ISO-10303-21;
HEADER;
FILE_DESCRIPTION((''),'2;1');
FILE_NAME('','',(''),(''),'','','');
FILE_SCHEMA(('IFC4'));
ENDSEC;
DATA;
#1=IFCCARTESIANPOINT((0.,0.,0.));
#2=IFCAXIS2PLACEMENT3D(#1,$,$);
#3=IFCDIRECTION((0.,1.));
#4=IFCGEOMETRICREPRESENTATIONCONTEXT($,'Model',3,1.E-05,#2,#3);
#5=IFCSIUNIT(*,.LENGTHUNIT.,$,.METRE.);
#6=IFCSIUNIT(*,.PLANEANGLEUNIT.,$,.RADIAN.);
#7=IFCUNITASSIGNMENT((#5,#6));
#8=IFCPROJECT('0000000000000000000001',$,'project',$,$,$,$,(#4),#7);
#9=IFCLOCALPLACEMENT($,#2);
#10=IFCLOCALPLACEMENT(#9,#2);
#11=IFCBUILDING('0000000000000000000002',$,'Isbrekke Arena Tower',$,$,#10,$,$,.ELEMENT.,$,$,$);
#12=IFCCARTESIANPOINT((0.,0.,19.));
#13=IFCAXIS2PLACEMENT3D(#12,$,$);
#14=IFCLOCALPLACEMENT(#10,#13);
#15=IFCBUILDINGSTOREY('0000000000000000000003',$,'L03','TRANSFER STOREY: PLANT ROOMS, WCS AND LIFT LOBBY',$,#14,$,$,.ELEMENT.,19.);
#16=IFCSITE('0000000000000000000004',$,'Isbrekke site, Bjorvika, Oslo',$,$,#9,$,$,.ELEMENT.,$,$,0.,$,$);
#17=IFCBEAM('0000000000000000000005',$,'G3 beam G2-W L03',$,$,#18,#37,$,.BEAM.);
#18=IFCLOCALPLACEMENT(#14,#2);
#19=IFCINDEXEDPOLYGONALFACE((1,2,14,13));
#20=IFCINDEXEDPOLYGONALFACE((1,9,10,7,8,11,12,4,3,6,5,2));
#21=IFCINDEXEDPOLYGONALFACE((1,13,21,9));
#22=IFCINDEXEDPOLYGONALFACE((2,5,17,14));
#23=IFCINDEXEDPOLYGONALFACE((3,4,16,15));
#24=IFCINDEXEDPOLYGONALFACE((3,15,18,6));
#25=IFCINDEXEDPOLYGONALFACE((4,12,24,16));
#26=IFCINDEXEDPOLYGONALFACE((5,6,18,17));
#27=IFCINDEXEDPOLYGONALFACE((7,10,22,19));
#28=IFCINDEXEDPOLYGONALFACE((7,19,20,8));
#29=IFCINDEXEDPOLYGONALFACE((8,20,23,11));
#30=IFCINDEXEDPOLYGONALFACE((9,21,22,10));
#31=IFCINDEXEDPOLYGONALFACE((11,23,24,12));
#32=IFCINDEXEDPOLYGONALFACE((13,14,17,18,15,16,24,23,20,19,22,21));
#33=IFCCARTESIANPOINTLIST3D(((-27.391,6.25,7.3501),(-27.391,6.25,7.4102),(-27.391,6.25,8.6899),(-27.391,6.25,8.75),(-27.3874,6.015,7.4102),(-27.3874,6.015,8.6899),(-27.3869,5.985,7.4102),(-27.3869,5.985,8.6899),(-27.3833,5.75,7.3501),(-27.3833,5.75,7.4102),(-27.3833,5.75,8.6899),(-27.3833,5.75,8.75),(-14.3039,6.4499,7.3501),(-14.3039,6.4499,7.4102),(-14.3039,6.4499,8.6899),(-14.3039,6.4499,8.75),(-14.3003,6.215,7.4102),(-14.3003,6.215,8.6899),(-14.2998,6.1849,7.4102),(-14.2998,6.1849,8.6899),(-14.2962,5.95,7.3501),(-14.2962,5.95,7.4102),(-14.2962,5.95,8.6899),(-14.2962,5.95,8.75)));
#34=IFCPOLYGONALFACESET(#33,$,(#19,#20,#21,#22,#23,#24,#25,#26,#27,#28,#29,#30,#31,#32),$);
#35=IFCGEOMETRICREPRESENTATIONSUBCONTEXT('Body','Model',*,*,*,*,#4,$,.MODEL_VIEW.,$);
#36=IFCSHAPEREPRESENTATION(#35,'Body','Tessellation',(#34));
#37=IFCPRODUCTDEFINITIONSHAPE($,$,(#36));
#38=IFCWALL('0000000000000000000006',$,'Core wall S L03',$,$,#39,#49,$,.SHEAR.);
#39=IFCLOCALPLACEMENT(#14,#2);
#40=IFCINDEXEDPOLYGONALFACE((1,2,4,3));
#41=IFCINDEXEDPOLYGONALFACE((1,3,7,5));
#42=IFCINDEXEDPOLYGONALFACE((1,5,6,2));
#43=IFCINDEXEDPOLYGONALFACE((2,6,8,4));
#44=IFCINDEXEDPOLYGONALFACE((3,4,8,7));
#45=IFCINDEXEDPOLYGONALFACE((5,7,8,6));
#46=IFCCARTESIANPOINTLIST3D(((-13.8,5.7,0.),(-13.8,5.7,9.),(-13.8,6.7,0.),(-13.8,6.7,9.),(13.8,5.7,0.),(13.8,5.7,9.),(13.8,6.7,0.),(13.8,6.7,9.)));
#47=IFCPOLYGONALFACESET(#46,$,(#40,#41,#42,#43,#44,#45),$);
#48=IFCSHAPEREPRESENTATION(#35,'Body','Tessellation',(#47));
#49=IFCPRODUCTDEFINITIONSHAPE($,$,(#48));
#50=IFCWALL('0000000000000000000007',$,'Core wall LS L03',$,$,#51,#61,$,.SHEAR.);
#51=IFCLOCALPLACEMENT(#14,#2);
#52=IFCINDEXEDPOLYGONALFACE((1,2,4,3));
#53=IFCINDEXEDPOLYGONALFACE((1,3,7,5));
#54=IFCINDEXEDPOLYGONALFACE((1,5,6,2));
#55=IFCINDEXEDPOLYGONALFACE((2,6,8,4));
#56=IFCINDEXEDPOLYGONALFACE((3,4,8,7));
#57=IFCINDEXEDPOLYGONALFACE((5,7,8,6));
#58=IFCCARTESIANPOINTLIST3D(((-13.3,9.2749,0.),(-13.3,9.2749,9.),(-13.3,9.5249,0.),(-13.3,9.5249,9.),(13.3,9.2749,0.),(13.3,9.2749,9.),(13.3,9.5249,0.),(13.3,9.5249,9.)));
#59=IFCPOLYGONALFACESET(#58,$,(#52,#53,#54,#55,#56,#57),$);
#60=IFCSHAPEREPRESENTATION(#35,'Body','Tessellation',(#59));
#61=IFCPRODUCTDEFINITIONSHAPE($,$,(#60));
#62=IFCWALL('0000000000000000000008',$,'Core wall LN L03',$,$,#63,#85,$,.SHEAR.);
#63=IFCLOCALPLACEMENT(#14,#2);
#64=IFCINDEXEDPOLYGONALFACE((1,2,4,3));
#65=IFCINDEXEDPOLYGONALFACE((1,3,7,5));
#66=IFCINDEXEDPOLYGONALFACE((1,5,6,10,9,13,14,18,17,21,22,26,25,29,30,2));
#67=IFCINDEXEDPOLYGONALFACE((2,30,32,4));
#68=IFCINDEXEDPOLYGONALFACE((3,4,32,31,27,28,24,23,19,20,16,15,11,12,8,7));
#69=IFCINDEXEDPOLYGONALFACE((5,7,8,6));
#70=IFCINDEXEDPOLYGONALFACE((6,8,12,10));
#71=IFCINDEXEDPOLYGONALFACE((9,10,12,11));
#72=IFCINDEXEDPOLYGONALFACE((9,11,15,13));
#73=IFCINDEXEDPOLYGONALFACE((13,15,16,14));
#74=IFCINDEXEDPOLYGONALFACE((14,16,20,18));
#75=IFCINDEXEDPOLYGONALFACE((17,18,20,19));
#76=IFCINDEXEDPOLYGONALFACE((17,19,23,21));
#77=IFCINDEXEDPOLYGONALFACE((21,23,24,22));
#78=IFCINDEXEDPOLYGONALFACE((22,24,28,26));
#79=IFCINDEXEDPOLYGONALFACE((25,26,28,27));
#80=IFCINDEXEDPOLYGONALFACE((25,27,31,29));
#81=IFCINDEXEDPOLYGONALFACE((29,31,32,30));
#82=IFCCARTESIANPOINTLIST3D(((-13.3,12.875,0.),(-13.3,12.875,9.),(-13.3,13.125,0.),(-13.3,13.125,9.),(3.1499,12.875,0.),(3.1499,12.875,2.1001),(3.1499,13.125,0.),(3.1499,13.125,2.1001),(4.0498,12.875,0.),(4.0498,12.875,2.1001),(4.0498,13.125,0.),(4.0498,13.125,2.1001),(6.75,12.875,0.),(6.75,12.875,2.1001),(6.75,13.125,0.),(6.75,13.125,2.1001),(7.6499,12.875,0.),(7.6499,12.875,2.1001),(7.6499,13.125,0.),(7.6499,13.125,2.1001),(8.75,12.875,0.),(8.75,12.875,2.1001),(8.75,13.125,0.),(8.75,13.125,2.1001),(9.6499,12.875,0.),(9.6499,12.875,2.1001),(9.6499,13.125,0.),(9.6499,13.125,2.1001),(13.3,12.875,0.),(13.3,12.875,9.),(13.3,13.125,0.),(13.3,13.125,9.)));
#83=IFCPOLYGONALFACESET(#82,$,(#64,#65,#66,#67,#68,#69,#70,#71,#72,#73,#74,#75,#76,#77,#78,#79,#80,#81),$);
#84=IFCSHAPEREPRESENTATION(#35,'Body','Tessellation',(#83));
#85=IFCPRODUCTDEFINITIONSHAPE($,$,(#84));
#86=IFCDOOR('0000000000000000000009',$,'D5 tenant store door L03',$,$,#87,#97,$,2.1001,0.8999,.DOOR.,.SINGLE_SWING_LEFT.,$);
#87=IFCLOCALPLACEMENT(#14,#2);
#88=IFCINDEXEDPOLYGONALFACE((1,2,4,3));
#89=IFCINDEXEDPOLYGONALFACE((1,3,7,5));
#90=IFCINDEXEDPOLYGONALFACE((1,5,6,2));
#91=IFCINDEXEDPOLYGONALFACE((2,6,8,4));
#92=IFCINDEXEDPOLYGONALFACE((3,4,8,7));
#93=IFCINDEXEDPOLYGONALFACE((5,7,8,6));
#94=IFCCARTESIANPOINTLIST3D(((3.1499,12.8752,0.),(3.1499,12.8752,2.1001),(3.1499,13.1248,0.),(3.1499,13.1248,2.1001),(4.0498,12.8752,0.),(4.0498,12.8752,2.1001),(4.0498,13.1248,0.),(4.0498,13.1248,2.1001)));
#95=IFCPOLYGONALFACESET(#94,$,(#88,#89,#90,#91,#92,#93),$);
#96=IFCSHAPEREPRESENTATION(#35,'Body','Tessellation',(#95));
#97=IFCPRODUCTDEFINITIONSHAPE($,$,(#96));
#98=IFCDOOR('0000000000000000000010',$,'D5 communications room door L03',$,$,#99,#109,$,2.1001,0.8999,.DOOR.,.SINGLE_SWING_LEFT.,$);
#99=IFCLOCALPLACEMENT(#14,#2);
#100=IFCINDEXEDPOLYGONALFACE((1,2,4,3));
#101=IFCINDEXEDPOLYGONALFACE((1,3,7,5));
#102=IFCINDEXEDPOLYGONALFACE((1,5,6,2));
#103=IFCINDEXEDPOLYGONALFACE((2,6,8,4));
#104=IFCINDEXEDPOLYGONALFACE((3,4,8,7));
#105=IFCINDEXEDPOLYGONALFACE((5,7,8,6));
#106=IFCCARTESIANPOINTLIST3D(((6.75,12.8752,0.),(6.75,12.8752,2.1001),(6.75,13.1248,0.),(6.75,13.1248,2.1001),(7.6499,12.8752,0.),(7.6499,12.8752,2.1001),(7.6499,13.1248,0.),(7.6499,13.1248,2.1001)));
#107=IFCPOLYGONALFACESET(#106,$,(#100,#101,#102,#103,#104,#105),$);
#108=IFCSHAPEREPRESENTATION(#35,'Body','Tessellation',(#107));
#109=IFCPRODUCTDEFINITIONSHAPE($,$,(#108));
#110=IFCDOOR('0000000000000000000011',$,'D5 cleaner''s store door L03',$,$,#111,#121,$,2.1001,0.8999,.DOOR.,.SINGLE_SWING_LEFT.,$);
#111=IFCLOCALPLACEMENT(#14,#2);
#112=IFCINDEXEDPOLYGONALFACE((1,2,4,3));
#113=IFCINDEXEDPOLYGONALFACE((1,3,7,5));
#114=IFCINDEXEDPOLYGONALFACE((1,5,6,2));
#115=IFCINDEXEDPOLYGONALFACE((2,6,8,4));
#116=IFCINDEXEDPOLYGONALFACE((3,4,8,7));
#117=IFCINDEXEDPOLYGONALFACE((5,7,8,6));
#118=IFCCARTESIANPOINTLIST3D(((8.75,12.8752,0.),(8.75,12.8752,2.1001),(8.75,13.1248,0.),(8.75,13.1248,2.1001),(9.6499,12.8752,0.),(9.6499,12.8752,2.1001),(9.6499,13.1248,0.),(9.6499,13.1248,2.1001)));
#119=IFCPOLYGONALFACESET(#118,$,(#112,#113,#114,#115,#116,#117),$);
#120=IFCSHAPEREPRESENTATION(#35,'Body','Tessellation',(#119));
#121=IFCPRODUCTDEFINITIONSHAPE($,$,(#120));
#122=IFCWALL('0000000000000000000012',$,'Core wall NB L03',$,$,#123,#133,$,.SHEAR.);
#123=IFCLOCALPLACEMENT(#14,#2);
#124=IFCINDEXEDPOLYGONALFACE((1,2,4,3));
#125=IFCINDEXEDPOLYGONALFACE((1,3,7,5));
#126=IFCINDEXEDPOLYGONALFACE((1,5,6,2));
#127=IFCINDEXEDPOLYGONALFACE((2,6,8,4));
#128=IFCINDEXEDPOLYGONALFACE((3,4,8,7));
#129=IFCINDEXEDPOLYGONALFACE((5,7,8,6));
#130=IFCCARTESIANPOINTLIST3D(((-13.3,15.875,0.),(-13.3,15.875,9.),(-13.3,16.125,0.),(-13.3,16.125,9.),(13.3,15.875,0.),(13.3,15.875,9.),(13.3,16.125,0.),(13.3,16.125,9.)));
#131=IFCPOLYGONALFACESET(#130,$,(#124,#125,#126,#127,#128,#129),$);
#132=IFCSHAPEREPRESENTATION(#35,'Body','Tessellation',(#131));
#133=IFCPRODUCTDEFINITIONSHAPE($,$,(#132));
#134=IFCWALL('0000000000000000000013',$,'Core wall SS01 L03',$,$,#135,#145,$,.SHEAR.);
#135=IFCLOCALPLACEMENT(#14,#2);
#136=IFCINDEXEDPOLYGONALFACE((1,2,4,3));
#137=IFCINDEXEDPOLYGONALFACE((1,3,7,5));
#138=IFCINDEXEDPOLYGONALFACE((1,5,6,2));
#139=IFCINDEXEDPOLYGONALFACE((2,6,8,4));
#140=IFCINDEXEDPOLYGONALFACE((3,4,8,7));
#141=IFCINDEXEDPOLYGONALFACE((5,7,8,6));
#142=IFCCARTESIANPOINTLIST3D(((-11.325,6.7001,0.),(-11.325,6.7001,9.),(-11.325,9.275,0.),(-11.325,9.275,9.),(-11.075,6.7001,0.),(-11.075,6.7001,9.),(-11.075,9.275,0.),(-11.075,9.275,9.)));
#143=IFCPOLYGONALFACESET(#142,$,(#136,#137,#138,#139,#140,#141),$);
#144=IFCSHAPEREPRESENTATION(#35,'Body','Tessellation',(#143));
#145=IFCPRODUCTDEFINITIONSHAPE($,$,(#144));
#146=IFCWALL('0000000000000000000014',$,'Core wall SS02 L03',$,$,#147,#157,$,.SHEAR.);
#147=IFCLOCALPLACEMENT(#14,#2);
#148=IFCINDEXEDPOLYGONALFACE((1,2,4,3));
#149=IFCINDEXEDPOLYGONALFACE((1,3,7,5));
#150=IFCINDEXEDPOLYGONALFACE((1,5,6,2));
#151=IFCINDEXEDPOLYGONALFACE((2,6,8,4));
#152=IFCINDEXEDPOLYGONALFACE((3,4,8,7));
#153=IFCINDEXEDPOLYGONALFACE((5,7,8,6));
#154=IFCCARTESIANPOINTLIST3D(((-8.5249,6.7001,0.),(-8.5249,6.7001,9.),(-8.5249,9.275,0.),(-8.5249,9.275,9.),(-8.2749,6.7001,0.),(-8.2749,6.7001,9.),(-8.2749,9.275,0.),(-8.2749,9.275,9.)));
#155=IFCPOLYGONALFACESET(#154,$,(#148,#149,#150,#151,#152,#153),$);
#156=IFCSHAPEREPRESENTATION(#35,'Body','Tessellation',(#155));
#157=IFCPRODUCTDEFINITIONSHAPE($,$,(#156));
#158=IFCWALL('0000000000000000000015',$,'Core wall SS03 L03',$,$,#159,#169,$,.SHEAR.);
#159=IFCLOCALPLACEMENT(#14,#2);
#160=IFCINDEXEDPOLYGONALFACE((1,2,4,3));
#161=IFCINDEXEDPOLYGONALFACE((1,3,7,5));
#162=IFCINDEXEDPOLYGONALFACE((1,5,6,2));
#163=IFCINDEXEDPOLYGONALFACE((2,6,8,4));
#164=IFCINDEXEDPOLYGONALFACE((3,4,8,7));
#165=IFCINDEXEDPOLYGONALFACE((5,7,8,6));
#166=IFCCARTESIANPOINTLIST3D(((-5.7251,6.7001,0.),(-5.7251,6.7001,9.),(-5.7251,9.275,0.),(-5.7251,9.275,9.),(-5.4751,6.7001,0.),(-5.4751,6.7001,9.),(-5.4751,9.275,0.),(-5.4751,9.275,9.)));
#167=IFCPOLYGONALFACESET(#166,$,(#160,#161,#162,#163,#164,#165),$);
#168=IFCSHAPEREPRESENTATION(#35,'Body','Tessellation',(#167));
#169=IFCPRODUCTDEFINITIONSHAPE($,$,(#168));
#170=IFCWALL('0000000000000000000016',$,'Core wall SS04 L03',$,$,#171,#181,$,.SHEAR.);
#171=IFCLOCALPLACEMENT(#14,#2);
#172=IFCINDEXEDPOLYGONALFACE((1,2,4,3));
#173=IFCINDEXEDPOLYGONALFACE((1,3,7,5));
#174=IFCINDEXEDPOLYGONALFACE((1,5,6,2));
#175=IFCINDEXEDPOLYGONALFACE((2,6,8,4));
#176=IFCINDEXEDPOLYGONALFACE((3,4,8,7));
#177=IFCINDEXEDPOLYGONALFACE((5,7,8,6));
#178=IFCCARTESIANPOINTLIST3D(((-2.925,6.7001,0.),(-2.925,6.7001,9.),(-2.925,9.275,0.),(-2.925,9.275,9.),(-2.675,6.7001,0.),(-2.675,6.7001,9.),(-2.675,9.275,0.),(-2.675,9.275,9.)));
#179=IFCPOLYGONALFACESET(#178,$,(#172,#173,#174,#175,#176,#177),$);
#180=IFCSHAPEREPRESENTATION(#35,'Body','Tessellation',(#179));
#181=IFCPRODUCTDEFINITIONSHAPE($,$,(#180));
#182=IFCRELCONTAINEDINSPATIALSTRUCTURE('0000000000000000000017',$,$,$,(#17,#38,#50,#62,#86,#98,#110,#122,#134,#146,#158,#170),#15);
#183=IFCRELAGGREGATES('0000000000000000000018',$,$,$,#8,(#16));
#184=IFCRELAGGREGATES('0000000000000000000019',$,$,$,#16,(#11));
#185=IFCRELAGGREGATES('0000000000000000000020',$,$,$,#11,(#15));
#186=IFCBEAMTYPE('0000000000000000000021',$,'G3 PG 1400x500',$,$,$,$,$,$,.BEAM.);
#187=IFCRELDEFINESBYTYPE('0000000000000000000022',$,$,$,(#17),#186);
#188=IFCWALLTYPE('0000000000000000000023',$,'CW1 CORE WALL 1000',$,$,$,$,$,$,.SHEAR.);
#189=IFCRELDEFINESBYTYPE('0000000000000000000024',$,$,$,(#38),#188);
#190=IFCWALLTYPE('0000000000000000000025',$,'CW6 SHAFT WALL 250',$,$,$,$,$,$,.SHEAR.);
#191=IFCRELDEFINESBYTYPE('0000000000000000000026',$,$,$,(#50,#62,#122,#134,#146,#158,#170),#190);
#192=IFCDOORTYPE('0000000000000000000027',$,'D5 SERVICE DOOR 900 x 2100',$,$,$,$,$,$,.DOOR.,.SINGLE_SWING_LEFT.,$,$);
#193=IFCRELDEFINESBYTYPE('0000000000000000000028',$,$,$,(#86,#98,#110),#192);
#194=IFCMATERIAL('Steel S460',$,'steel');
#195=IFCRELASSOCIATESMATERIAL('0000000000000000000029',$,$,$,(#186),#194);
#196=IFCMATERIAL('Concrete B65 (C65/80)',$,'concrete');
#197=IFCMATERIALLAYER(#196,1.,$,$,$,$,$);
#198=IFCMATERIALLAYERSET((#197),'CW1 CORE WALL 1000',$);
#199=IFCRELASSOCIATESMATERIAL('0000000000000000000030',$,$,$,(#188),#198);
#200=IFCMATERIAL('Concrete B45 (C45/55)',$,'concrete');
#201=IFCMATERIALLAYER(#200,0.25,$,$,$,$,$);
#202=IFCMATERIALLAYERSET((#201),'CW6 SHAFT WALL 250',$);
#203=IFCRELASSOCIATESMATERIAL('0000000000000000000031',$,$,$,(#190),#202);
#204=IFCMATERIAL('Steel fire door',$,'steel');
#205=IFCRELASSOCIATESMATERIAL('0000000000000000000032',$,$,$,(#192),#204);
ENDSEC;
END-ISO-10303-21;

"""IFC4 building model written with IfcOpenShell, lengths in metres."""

from ifc_helpers import new_model, si_unit, direction, frame, frame_2d, origin, origin_2d, place, context, subcontext, project, spatial, rectangle, i_section, extrude, material, layer, layer_set, material_profile, profile_set, type_object, element, fill, save


model = new_model("IFC4")

# Units and contexts
model_context = context("Model", 3, precision=1e-05, world=origin(), true_north=direction((0.0, 1.0)))
body_context = subcontext(model_context, "Body", "Model", "MODEL_VIEW")
ifc_project = project(units=[si_unit("LENGTHUNIT", "METRE"), si_unit("PLANEANGLEUNIT", "RADIAN")], contexts=[model_context])

# Site, building, storey
site_placement = place(None, origin())
site = spatial("IfcSite", under=ifc_project, at=site_placement, Name="Isbrekke site, Bjorvika, Oslo", CompositionType="ELEMENT", RefElevation=0.0)
building_placement = place(site_placement, origin())
building = spatial("IfcBuilding", under=site, at=building_placement, Name="Isbrekke Arena Tower", CompositionType="ELEMENT")
storey_placement = place(building_placement, frame((0.0, 0.0, 19.0)))
storey = spatial("IfcBuildingStorey", under=building, at=storey_placement, Name="L03", Description="TRANSFER STOREY: PLANT ROOMS, WCS AND LIFT LOBBY", CompositionType="ELEMENT", Elevation=19.0)

# Beam
ifc_material_1 = material(Name="Steel S460", Category="steel")
ifc_material_profile = material_profile(ifc_material_1, i_section(OverallWidth=0.5, OverallDepth=1.3999, WebThickness=0.03, FlangeThickness=0.0601, at=origin_2d()), Name="PG 1400x500")
ifc_profile_set = profile_set([ifc_material_profile], Name="Steel S460")
beam_type = type_object("IfcBeamType", Name="G3 PG 1400x500", PredefinedType="BEAM", material=ifc_profile_set)
beam_placement = place(storey_placement, frame((-14.3, 6.2, 8.05), z_axis=(-0.999883, -0.015277, 0.0), x_axis=(0.015277, -0.999883, 0.0)))
element("IfcBeam", 1, at=beam_placement, inside=storey, type_object=beam_type, Name="G3 beam G2-W L03", PredefinedType="BEAM", context=body_context, shape_type="SweptSolid", body=[
    extrude(i_section(OverallWidth=0.5, OverallDepth=1.3999, WebThickness=0.03, FlangeThickness=0.0601, at=origin_2d()), origin(), (0.0, 0.0, 1.0), 13.0886),
])

# Walls
ifc_material_2 = material(Name="Concrete B65 (C65/80)", Category="concrete")
ifc_layer_1 = layer(ifc_material_2, 1.0)
ifc_layer_set_1 = layer_set([ifc_layer_1], Name="CW1 CORE WALL 1000")
wall_type_1 = type_object("IfcWallType", Name="CW1 CORE WALL 1000", PredefinedType="SHEAR", material=ifc_layer_set_1)
wall_1_placement = place(storey_placement, frame((-13.8, 6.2, 0.0), z_axis=(0.0, 0.0, 1.0), x_axis=(1.0, 0.0, 0.0)))
element("IfcWall", 2, at=wall_1_placement, inside=storey, type_object=wall_type_1, Name="Core wall S L03", PredefinedType="SHEAR", context=body_context, shape_type="SweptSolid", body=[
    extrude(rectangle(XDim=27.6001, YDim=1.0, at=frame_2d((13.8, 0.0))), origin(), (0.0, 0.0, 1.0), 9.0),
])
ifc_material_3 = material(Name="Concrete B45 (C45/55)", Category="concrete")
ifc_layer_2 = layer(ifc_material_3, 0.25)
ifc_layer_set_2 = layer_set([ifc_layer_2], Name="CW6 SHAFT WALL 250")
wall_type_2 = type_object("IfcWallType", Name="CW6 SHAFT WALL 250", PredefinedType="SHEAR", material=ifc_layer_set_2)
wall_2_placement = place(storey_placement, frame((-13.3, 9.3999, 0.0), z_axis=(0.0, 0.0, 1.0), x_axis=(1.0, 0.0, 0.0)))
element("IfcWall", 3, at=wall_2_placement, inside=storey, type_object=wall_type_2, Name="Core wall LS L03", PredefinedType="SHEAR", context=body_context, shape_type="SweptSolid", body=[
    extrude(rectangle(XDim=26.6001, YDim=0.25, at=frame_2d((13.3, 0.0))), origin(), (0.0, 0.0, 1.0), 9.0),
])

# Wall, openings, doors
wall_3_placement = place(storey_placement, frame((-13.3, 13.0, 0.0), z_axis=(0.0, 0.0, 1.0), x_axis=(1.0, 0.0, 0.0)))
wall_3 = element("IfcWall", 4, at=wall_3_placement, inside=storey, type_object=wall_type_2, Name="Core wall LN L03", PredefinedType="SHEAR", context=body_context, shape_type="SweptSolid", body=[
    extrude(rectangle(XDim=26.6001, YDim=0.25, at=frame_2d((13.3, 0.0))), origin(), (0.0, 0.0, 1.0), 9.0),
])
opening_1_placement = place(wall_3_placement, frame((16.45, 0.0, 0.0)))
opening_1 = element("IfcOpeningElement", 5, at=opening_1_placement, cuts=wall_3, PredefinedType="OPENING", context=body_context, shape_type="SweptSolid", body=[
    extrude(rectangle(XDim=0.8999, YDim=2.1001, at=frame_2d((0.45, 1.05))), frame((0.0, 0.1399, 0.0), z_axis=(0.0, -1.0, 0.0), x_axis=(1.0, 0.0, 0.0)), (0.0, 0.0, 1.0), 0.2798),
])
opening_2_placement = place(wall_3_placement, frame((20.05, 0.0, 0.0)))
opening_2 = element("IfcOpeningElement", 6, at=opening_2_placement, cuts=wall_3, PredefinedType="OPENING", context=body_context, shape_type="SweptSolid", body=[
    extrude(rectangle(XDim=0.8999, YDim=2.1001, at=frame_2d((0.45, 1.05))), frame((0.0, 0.1399, 0.0), z_axis=(0.0, -1.0, 0.0), x_axis=(1.0, 0.0, 0.0)), (0.0, 0.0, 1.0), 0.2798),
])
opening_3_placement = place(wall_3_placement, frame((22.05, 0.0, 0.0)))
opening_3 = element("IfcOpeningElement", 7, at=opening_3_placement, cuts=wall_3, PredefinedType="OPENING", context=body_context, shape_type="SweptSolid", body=[
    extrude(rectangle(XDim=0.8999, YDim=2.1001, at=frame_2d((0.45, 1.05))), frame((0.0, 0.1399, 0.0), z_axis=(0.0, -1.0, 0.0), x_axis=(1.0, 0.0, 0.0)), (0.0, 0.0, 1.0), 0.2798),
])
ifc_material_4 = material(Name="Steel fire door", Category="steel")
door_type_1 = type_object("IfcDoorType", Name="D5 SERVICE DOOR 900 x 2100", OperationType="SINGLE_SWING_LEFT", PredefinedType="DOOR", material=ifc_material_4)
door_1_placement = place(opening_1_placement, origin())
door_1 = element("IfcDoor", 8, at=door_1_placement, inside=storey, type_object=door_type_1, Name="D5 tenant store door L03", OperationType="SINGLE_SWING_LEFT", OverallHeight=2.1001, OverallWidth=0.8999, PredefinedType="DOOR", context=body_context, shape_type="SweptSolid", body=[
    extrude(rectangle(XDim=0.8999, YDim=2.1001, at=frame_2d((0.45, 1.05))), frame((0.0, 0.1248, 0.0), z_axis=(0.0, -1.0, 0.0), x_axis=(1.0, 0.0, 0.0)), (0.0, 0.0, 1.0), 0.2495),
])
fill(opening_1, door_1)
door_2_placement = place(opening_2_placement, origin())
door_2 = element("IfcDoor", 9, at=door_2_placement, inside=storey, type_object=door_type_1, Name="D5 communications room door L03", OperationType="SINGLE_SWING_LEFT", OverallHeight=2.1001, OverallWidth=0.8999, PredefinedType="DOOR", context=body_context, shape_type="SweptSolid", body=[
    extrude(rectangle(XDim=0.8999, YDim=2.1001, at=frame_2d((0.45, 1.05))), frame((0.0, 0.1248, 0.0), z_axis=(0.0, -1.0, 0.0), x_axis=(1.0, 0.0, 0.0)), (0.0, 0.0, 1.0), 0.2495),
])
fill(opening_2, door_2)
door_3_placement = place(opening_3_placement, origin())
door_3 = element("IfcDoor", 10, at=door_3_placement, inside=storey, type_object=door_type_1, Name="D5 cleaner's store door L03", OperationType="SINGLE_SWING_LEFT", OverallHeight=2.1001, OverallWidth=0.8999, PredefinedType="DOOR", context=body_context, shape_type="SweptSolid", body=[
    extrude(rectangle(XDim=0.8999, YDim=2.1001, at=frame_2d((0.45, 1.05))), frame((0.0, 0.1248, 0.0), z_axis=(0.0, -1.0, 0.0), x_axis=(1.0, 0.0, 0.0)), (0.0, 0.0, 1.0), 0.2495),
])
fill(opening_3, door_3)

# Walls
wall_4_placement = place(storey_placement, frame((-13.3, 16.0, 0.0), z_axis=(0.0, 0.0, 1.0), x_axis=(1.0, 0.0, 0.0)))
element("IfcWall", 11, at=wall_4_placement, inside=storey, type_object=wall_type_2, Name="Core wall NB L03", PredefinedType="SHEAR", context=body_context, shape_type="SweptSolid", body=[
    extrude(rectangle(XDim=26.6001, YDim=0.25, at=frame_2d((13.3, 0.0))), origin(), (0.0, 0.0, 1.0), 9.0),
])
for number, where, z_axis, x_axis, name in (
    (12, (-11.2, 6.7, 0.0), (0.0, 0.0, 1.0), (0.0, 1.0, 0.0), "Core wall SS01 L03"),
    (13, (-8.3999, 6.7, 0.0), (0.0, 0.0, 1.0), (0.0, 1.0, 0.0), "Core wall SS02 L03"),
    (14, (-5.6001, 6.7, 0.0), (0.0, 0.0, 1.0), (0.0, 1.0, 0.0), "Core wall SS03 L03"),
    (15, (-2.8, 6.7, 0.0), (0.0, 0.0, 1.0), (0.0, 1.0, 0.0), "Core wall SS04 L03"),
):
    element("IfcWall", number, at=place(storey_placement, frame(where, z_axis=z_axis, x_axis=x_axis)), inside=storey, type_object=wall_type_2, Name=name, PredefinedType="SHEAR", context=body_context, shape_type="SweptSolid", body=[
        extrude(rectangle(XDim=2.575, YDim=0.25, at=frame_2d((1.2876, 0.0))), origin(), (0.0, 0.0, 1.0), 9.0),
    ])

save(model, "model.ifc")
